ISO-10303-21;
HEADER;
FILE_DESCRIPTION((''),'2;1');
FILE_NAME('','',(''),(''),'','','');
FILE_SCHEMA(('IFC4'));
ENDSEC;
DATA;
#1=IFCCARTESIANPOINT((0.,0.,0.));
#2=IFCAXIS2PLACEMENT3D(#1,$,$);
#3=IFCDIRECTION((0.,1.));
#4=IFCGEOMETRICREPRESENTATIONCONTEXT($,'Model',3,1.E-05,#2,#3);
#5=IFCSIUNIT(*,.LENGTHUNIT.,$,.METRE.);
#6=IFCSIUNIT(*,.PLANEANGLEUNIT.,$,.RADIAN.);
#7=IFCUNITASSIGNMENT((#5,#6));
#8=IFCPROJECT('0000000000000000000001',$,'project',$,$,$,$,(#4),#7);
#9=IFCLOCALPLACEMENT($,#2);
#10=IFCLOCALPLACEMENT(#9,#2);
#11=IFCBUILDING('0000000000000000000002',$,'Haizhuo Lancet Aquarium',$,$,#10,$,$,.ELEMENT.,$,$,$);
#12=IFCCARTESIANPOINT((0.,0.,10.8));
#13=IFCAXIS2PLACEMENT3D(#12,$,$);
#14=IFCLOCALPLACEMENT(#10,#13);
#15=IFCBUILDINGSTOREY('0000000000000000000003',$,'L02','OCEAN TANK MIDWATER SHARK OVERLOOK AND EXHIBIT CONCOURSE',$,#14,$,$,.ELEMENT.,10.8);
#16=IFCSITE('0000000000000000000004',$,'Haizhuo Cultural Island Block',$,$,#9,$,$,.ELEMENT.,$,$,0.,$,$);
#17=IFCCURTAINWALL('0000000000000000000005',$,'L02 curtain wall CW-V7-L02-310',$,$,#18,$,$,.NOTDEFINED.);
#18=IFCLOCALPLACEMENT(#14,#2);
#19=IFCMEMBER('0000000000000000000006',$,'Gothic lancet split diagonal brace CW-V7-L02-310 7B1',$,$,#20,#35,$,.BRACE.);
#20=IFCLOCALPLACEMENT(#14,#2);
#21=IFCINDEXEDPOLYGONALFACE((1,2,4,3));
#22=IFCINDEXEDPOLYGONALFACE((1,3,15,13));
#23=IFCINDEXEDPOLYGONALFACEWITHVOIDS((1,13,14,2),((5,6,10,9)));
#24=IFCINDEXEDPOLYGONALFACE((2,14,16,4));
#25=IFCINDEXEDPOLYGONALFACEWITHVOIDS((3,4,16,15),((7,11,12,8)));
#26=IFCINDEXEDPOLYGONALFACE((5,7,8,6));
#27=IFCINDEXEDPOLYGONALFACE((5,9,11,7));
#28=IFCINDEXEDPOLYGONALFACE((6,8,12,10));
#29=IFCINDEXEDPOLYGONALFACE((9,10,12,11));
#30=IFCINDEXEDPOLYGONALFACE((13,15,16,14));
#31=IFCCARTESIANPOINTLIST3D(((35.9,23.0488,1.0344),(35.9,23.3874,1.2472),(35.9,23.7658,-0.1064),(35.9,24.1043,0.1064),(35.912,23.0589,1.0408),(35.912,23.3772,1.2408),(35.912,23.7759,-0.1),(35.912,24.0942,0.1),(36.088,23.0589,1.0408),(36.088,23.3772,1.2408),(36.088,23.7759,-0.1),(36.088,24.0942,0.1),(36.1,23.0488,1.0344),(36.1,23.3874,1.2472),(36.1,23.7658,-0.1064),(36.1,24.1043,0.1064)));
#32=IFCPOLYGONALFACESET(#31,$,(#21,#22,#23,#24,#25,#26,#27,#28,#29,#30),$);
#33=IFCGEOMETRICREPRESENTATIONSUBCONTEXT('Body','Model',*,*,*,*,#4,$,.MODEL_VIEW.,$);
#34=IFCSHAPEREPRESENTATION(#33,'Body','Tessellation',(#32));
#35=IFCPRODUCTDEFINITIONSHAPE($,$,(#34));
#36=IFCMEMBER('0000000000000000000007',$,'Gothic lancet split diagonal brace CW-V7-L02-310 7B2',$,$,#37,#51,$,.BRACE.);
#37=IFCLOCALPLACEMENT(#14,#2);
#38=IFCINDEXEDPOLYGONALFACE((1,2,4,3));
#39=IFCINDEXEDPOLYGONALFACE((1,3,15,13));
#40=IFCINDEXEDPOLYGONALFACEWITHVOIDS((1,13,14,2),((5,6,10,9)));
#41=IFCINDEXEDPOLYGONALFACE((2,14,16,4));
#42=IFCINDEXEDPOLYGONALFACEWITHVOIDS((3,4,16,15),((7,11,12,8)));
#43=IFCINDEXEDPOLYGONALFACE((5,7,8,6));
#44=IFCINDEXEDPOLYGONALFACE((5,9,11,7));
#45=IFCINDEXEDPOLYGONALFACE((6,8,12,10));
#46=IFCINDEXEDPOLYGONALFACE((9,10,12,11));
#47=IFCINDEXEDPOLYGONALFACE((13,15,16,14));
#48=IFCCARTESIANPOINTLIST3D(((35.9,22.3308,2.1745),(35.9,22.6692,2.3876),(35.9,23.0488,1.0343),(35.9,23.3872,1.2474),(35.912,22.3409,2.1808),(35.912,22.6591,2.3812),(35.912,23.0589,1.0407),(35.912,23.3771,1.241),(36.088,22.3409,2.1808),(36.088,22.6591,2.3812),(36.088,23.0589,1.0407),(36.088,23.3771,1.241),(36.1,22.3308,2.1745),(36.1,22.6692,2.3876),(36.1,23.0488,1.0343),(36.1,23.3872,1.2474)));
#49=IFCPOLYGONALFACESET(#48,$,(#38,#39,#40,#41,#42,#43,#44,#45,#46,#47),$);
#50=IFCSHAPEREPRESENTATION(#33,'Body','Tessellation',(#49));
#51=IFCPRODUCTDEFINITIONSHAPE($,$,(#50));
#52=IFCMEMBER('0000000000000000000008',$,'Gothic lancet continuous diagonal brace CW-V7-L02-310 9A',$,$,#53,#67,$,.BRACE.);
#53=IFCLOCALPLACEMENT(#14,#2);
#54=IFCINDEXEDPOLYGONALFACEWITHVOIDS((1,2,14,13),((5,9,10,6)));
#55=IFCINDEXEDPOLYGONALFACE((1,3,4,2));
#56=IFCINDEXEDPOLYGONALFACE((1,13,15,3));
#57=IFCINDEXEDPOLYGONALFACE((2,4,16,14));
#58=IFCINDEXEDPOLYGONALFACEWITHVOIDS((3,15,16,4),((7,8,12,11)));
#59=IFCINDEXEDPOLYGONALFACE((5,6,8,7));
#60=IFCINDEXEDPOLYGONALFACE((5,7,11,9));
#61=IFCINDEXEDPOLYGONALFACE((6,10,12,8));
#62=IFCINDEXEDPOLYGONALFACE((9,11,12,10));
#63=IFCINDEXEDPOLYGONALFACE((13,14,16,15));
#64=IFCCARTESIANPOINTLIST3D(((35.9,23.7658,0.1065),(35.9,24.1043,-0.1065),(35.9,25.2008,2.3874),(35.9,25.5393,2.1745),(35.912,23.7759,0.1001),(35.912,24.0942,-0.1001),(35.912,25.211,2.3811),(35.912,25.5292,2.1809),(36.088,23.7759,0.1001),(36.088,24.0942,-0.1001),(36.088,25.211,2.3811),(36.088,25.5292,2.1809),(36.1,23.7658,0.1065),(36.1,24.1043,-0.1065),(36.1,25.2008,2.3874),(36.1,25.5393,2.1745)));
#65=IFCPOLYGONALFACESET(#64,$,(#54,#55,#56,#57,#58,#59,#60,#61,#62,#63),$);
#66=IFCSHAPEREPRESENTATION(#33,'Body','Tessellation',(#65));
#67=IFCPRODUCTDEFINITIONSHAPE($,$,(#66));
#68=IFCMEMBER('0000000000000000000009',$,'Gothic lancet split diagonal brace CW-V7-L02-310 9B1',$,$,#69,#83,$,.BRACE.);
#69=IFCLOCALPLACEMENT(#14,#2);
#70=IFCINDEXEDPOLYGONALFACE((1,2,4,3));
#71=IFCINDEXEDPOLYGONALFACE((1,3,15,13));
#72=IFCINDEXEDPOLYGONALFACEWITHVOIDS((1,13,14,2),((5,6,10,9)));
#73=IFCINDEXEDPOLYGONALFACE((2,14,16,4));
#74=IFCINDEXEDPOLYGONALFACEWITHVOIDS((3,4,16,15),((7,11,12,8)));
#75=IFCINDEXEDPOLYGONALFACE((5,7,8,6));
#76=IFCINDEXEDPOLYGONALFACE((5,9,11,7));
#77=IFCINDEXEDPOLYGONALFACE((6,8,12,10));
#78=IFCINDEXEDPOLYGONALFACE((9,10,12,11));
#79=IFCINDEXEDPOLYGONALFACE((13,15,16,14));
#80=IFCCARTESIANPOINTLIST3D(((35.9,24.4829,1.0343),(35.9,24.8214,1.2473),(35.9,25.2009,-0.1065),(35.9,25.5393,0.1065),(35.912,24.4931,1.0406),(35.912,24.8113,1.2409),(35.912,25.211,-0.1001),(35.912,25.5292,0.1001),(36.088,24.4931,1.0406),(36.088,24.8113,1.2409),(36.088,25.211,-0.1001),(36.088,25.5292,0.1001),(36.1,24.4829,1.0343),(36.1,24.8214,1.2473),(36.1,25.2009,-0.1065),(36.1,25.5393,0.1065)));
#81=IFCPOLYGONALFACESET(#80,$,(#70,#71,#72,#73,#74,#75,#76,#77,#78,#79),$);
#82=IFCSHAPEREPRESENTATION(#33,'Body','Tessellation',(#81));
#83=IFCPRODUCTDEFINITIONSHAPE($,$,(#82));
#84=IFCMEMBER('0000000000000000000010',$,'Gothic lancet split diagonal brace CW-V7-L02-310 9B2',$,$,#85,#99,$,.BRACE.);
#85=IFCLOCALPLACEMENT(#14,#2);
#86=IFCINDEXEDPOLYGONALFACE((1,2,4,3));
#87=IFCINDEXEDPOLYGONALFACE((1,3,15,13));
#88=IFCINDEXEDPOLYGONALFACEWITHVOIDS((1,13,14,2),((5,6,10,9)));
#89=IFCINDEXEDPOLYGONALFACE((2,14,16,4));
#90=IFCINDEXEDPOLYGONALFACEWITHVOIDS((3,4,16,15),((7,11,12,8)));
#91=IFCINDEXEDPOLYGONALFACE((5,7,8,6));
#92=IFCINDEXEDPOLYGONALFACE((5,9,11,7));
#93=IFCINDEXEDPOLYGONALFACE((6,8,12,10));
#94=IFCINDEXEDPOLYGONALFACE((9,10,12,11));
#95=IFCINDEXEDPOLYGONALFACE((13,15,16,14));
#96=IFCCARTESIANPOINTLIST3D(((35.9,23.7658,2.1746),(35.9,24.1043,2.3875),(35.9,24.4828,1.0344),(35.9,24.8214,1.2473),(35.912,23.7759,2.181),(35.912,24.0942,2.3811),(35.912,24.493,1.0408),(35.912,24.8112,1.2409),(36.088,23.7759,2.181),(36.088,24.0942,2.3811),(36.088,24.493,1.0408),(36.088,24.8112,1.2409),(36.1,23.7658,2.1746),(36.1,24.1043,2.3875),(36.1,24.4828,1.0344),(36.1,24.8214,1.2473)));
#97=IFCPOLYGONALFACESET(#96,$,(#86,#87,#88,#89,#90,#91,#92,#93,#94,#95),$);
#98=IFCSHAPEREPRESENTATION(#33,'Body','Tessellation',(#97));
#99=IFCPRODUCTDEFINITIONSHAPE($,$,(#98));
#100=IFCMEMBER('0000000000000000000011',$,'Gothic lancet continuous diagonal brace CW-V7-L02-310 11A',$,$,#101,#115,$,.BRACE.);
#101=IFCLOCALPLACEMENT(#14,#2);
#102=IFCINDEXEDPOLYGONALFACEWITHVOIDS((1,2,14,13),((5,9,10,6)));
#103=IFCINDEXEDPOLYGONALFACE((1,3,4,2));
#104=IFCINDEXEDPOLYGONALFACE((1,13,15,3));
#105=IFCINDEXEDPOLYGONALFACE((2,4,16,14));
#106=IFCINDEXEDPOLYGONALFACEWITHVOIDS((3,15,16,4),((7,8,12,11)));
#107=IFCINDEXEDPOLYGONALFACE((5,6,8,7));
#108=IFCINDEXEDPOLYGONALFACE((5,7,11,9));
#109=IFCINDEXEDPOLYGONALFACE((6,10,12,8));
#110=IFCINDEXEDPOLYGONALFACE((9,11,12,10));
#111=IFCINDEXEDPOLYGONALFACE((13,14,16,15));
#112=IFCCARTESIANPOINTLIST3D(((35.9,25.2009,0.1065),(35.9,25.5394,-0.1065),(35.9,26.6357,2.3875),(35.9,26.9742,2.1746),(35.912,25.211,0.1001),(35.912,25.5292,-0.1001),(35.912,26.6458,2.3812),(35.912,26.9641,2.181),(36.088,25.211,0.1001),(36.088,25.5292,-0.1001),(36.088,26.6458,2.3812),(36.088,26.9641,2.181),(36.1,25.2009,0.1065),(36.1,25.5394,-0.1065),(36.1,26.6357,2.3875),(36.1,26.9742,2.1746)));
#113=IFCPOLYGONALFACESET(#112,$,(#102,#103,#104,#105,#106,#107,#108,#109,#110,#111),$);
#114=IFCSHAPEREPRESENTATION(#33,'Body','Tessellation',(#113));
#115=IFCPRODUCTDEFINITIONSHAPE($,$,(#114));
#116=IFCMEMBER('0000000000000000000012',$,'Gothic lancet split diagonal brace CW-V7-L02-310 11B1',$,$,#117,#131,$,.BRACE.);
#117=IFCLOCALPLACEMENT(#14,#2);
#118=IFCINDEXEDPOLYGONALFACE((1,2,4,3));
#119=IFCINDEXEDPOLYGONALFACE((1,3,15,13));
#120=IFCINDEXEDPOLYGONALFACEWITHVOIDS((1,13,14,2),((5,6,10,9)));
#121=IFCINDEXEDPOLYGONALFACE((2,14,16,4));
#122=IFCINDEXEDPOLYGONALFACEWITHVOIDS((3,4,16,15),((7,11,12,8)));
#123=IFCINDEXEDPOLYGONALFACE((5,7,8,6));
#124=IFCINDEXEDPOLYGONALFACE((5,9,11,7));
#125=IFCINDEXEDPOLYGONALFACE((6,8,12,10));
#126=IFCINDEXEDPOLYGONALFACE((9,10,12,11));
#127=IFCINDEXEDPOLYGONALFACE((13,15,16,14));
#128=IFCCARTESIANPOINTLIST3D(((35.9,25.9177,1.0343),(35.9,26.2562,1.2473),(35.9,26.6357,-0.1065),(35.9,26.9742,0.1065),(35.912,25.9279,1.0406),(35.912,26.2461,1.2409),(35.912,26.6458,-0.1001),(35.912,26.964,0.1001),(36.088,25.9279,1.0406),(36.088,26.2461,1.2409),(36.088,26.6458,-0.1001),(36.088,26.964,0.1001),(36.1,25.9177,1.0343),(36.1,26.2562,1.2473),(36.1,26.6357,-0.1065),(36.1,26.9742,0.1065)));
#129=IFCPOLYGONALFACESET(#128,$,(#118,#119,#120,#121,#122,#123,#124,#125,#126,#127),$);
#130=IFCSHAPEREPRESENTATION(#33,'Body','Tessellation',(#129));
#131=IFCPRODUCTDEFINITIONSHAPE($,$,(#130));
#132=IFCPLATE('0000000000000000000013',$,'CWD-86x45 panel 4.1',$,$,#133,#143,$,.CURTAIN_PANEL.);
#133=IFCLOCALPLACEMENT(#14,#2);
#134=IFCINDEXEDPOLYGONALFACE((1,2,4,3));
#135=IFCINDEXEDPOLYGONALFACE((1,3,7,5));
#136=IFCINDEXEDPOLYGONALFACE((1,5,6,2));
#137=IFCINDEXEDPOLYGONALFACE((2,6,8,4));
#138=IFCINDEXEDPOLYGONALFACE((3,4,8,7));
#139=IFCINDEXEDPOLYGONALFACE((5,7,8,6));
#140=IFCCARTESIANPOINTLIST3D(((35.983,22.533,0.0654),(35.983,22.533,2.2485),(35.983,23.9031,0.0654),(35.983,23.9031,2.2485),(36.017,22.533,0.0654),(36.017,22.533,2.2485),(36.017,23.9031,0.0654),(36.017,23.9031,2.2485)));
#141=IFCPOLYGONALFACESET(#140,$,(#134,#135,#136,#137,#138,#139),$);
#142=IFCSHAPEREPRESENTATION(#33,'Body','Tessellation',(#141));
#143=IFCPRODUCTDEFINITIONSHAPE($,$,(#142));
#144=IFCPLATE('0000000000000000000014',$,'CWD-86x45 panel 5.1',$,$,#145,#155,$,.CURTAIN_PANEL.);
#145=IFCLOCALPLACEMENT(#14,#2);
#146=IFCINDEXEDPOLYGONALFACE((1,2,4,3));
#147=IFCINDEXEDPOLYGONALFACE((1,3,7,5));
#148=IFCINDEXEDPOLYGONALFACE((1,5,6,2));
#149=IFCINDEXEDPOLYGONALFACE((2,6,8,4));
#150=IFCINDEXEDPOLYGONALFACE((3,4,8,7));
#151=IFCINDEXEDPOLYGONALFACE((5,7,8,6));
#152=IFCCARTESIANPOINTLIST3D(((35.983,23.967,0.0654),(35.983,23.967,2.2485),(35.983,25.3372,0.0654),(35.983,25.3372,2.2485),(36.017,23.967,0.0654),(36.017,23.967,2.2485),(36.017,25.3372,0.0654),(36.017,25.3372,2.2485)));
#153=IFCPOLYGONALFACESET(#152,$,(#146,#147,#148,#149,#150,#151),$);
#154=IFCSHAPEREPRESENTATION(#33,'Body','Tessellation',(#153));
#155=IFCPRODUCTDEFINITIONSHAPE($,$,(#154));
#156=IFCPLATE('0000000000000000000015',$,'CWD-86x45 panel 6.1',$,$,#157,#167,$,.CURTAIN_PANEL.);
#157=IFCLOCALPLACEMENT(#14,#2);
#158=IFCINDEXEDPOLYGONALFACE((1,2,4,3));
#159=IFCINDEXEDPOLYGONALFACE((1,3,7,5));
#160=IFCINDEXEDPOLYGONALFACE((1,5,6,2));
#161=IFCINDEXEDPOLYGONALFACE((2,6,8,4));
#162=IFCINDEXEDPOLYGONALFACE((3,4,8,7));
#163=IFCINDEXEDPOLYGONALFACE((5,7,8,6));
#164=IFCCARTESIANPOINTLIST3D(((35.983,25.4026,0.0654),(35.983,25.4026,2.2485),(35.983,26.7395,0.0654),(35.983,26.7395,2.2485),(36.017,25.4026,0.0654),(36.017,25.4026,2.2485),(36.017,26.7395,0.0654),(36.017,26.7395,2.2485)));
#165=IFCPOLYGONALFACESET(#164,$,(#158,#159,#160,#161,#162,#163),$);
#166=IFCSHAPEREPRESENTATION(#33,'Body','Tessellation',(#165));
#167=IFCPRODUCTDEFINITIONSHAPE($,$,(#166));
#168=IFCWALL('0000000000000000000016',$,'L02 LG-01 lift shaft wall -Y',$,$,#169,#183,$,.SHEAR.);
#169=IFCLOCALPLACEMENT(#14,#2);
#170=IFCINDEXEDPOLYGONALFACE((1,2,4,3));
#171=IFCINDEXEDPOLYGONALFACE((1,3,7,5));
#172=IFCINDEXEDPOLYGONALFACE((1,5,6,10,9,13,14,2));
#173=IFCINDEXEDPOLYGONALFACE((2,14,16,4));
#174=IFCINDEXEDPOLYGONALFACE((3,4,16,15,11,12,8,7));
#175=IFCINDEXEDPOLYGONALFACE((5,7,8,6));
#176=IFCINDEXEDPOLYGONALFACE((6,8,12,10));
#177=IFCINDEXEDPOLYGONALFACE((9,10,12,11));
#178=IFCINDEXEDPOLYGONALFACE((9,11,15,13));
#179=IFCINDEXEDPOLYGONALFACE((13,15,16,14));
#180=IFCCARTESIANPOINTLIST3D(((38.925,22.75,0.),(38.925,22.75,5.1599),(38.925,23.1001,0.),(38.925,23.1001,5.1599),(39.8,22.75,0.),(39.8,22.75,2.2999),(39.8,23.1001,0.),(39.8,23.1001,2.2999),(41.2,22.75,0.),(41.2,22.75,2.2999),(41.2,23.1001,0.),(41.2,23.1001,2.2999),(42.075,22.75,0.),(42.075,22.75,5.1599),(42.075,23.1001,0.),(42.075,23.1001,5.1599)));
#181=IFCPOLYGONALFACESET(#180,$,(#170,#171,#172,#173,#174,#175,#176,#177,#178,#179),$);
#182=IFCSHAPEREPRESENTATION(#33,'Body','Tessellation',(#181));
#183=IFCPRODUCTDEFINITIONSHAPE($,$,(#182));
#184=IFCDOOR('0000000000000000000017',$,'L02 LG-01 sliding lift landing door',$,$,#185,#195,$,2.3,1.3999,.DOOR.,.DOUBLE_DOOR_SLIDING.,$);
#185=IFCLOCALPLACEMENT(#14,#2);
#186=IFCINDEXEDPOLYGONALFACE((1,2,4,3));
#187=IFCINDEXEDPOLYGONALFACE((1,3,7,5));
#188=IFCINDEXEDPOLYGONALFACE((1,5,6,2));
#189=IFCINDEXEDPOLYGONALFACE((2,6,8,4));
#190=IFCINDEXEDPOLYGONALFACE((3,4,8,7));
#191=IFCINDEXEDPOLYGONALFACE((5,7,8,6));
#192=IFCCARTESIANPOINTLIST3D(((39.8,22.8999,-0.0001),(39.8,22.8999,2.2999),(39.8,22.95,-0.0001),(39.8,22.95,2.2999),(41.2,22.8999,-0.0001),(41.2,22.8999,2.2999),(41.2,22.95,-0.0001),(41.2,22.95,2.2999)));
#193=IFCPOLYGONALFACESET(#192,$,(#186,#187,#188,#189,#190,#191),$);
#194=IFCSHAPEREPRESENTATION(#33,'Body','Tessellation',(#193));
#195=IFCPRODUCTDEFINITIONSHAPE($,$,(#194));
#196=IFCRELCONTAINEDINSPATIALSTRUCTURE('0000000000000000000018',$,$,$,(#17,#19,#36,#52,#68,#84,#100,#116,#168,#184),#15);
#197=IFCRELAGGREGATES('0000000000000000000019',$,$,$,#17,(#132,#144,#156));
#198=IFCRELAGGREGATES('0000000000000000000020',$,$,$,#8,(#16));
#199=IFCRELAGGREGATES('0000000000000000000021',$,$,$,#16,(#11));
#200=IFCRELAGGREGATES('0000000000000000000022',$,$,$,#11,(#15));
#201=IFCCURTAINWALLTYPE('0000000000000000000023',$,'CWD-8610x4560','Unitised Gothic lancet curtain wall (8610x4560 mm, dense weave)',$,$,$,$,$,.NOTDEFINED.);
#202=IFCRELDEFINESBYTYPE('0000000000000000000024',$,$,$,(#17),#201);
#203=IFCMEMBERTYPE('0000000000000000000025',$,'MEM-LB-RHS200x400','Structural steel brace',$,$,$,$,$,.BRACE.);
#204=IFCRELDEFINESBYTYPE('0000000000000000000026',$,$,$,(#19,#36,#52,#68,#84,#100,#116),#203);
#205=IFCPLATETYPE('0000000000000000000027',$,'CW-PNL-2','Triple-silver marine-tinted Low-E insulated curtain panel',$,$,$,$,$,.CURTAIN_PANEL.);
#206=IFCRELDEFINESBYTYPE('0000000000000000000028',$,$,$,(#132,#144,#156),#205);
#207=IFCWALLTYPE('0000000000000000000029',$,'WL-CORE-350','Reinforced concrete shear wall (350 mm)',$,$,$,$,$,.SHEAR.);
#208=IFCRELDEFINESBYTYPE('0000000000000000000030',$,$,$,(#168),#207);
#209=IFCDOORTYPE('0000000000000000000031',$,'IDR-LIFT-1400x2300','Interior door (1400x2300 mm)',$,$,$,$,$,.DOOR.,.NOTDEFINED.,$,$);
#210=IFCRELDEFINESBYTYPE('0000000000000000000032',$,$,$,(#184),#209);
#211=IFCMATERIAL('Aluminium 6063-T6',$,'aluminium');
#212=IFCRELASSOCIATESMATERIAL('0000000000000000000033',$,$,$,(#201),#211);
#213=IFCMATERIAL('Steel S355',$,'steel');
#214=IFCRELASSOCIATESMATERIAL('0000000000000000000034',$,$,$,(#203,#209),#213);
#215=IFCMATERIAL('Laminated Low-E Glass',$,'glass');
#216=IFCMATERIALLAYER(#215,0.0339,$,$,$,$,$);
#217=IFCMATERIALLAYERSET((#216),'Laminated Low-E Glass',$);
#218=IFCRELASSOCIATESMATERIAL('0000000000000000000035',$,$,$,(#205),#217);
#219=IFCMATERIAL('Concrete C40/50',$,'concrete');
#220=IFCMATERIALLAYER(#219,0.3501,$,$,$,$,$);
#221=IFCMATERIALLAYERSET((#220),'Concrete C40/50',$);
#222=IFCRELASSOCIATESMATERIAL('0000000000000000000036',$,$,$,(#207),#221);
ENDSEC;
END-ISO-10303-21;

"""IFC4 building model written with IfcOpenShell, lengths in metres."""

from ifc_helpers import new_model, si_unit, direction, frame, frame_2d, origin, origin_2d, place, context, subcontext, project, spatial, rectangle, hollow_rectangle, extrude, material, layer, layer_set, material_profile, profile_set, type_object, element, fill, aggregate, save


model = new_model("IFC4")

# Units and contexts
model_context = context("Model", 3, precision=1e-05, world=origin(), true_north=direction((0.0, 1.0)))
body_context = subcontext(model_context, "Body", "Model", "MODEL_VIEW")
ifc_project = project(units=[si_unit("LENGTHUNIT", "METRE"), si_unit("PLANEANGLEUNIT", "RADIAN")], contexts=[model_context])

# Site, building, storey
site_placement = place(None, origin())
site = spatial("IfcSite", under=ifc_project, at=site_placement, Name="Haizhuo Cultural Island Block", CompositionType="ELEMENT", RefElevation=0.0)
building_placement = place(site_placement, origin())
building = spatial("IfcBuilding", under=site, at=building_placement, Name="Haizhuo Lancet Aquarium", CompositionType="ELEMENT")
storey_placement = place(building_placement, frame((0.0, 0.0, 10.8)))
storey = spatial("IfcBuildingStorey", under=building, at=storey_placement, Name="L02", Description="OCEAN TANK MIDWATER SHARK OVERLOOK AND EXHIBIT CONCOURSE", CompositionType="ELEMENT", Elevation=10.8)

# Shared definitions
ifc_material_1 = material(Name="Steel S355", Category="steel")

# Curtain wall
ifc_material_2 = material(Name="Aluminium 6063-T6", Category="aluminium")
curtain_wall_type = type_object("IfcCurtainWallType", Name="CWD-8610x4560", Description="Unitised Gothic lancet curtain wall (8610x4560 mm, dense weave)", PredefinedType="NOTDEFINED", material=ifc_material_2)
curtain_wall_placement = place(storey_placement, origin())
curtain_wall = element("IfcCurtainWall", 1, at=curtain_wall_placement, inside=storey, type_object=curtain_wall_type, Name="L02 curtain wall CW-V7-L02-310", PredefinedType="NOTDEFINED")

# Members
ifc_material_profile_1 = material_profile(ifc_material_1, hollow_rectangle(XDim=0.2, YDim=0.3999, WallThickness=0.012, at=origin_2d()), Name="RHS 200x400x12")
ifc_profile_set_1 = profile_set([ifc_material_profile_1], Name="Steel S355")
member_type_1 = type_object("IfcMemberType", Name="MEM-LB-RHS200x400", Description="Structural steel brace", PredefinedType="BRACE", material=ifc_profile_set_1)
for number, where, z_axis, x_axis, name in (
    (2, (36.0, 23.9351, 0.0), (0.0, -0.532131, 0.846662), (1.0, 0.0, 0.0), "Gothic lancet split diagonal brace CW-V7-L02-310 7B1"),
    (3, (36.0, 23.218, 1.1409), (0.0, -0.532895, 0.846181), (1.0, 0.0, 0.0), "Gothic lancet split diagonal brace CW-V7-L02-310 7B2"),
):
    element("IfcMember", number, at=place(storey_placement, frame(where, z_axis=z_axis, x_axis=x_axis)), inside=storey, type_object=member_type_1, Name=name, PredefinedType="BRACE", context=body_context, shape_type="SweptSolid", body=[
        extrude(hollow_rectangle(XDim=0.2, YDim=0.3999, WallThickness=0.012, at=origin_2d()), origin(), (0.0, 0.0, 1.0), 1.3474),
    ])
member_1_placement = place(storey_placement, frame((36.0, 23.9351, 0.0), z_axis=(0.0, 0.532513, 0.846422), x_axis=(-1.0, 0.0, 0.0)))
element("IfcMember", 4, at=member_1_placement, inside=storey, type_object=member_type_1, Name="Gothic lancet continuous diagonal brace CW-V7-L02-310 9A", PredefinedType="BRACE", context=body_context, shape_type="SweptSolid", body=[
    extrude(hollow_rectangle(XDim=0.2, YDim=0.3999, WallThickness=0.012, at=origin_2d()), origin(), (0.0, 0.0, 1.0), 2.6948),
])
member_2_placement = place(storey_placement, frame((36.0, 25.3701, 0.0), z_axis=(0.0, -0.53265, 0.846336), x_axis=(1.0, 0.0, 0.0)))
element("IfcMember", 5, at=member_2_placement, inside=storey, type_object=member_type_1, Name="Gothic lancet split diagonal brace CW-V7-L02-310 9B1", PredefinedType="BRACE", context=body_context, shape_type="SweptSolid", body=[
    extrude(hollow_rectangle(XDim=0.2, YDim=0.3999, WallThickness=0.012, at=origin_2d()), origin(), (0.0, 0.0, 1.0), 1.3479),
])
member_3_placement = place(storey_placement, frame((36.0, 24.6521, 1.1409), z_axis=(0.0, -0.532376, 0.846508), x_axis=(1.0, 0.0, 0.0)))
element("IfcMember", 6, at=member_3_placement, inside=storey, type_object=member_type_1, Name="Gothic lancet split diagonal brace CW-V7-L02-310 9B2", PredefinedType="BRACE", context=body_context, shape_type="SweptSolid", body=[
    extrude(hollow_rectangle(XDim=0.2, YDim=0.3999, WallThickness=0.012, at=origin_2d()), origin(), (0.0, 0.0, 1.0), 1.3469),
])
member_4_placement = place(storey_placement, frame((36.0, 25.3701, 0.0), z_axis=(0.0, 0.532448, 0.846463), x_axis=(-1.0, 0.0, 0.0)))
element("IfcMember", 7, at=member_4_placement, inside=storey, type_object=member_type_1, Name="Gothic lancet continuous diagonal brace CW-V7-L02-310 11A", PredefinedType="BRACE", context=body_context, shape_type="SweptSolid", body=[
    extrude(hollow_rectangle(XDim=0.2, YDim=0.3999, WallThickness=0.012, at=origin_2d()), origin(), (0.0, 0.0, 1.0), 2.6948),
])
member_5_placement = place(storey_placement, frame((36.0, 26.8049, 0.0), z_axis=(0.0, -0.53265, 0.846336), x_axis=(1.0, 0.0, 0.0)))
element("IfcMember", 8, at=member_5_placement, inside=storey, type_object=member_type_1, Name="Gothic lancet split diagonal brace CW-V7-L02-310 11B1", PredefinedType="BRACE", context=body_context, shape_type="SweptSolid", body=[
    extrude(hollow_rectangle(XDim=0.2, YDim=0.3999, WallThickness=0.012, at=origin_2d()), origin(), (0.0, 0.0, 1.0), 1.3479),
])

# Plates
ifc_material_3 = material(Name="Laminated Low-E Glass", Category="glass")
ifc_layer_1 = layer(ifc_material_3, 0.0339)
ifc_layer_set_1 = layer_set([ifc_layer_1], Name="Laminated Low-E Glass")
plate_type = type_object("IfcPlateType", Name="CW-PNL-2", Description="Triple-silver marine-tinted Low-E insulated curtain panel", PredefinedType="CURTAIN_PANEL", material=ifc_layer_set_1)
plate_1_placement = place(storey_placement, frame((36.0, 23.218, 0.0654), z_axis=(0.0, 0.0, 1.0), x_axis=(0.0, 1.0, 0.0)))
plate_1 = element("IfcPlate", 9, at=plate_1_placement, type_object=plate_type, Name="CWD-86x45 panel 4.1", PredefinedType="CURTAIN_PANEL", context=body_context, shape_type="SweptSolid", body=[
    extrude(rectangle(XDim=1.3701, YDim=0.0339, at=origin_2d()), origin(), (0.0, 0.0, 1.0), 2.1831),
])
plate_2_placement = place(storey_placement, frame((36.0, 24.6521, 0.0654), z_axis=(0.0, 0.0, 1.0), x_axis=(0.0, 1.0, 0.0)))
plate_2 = element("IfcPlate", 10, at=plate_2_placement, type_object=plate_type, Name="CWD-86x45 panel 5.1", PredefinedType="CURTAIN_PANEL", context=body_context, shape_type="SweptSolid", body=[
    extrude(rectangle(XDim=1.3701, YDim=0.0339, at=origin_2d()), origin(), (0.0, 0.0, 1.0), 2.1831),
])
plate_3_placement = place(storey_placement, frame((36.0, 26.071, 0.0654), z_axis=(0.0, 0.0, 1.0), x_axis=(0.0, 1.0, 0.0)))
plate_3 = element("IfcPlate", 11, at=plate_3_placement, type_object=plate_type, Name="CWD-86x45 panel 6.1", PredefinedType="CURTAIN_PANEL", context=body_context, shape_type="SweptSolid", body=[
    extrude(rectangle(XDim=1.3369, YDim=0.0339, at=origin_2d()), origin(), (0.0, 0.0, 1.0), 2.1831),
])
aggregate(curtain_wall, [plate_1, plate_2, plate_3])

# Wall, opening, door
ifc_material_4 = material(Name="Concrete C40/50", Category="concrete")
ifc_layer_2 = layer(ifc_material_4, 0.3501)
ifc_layer_set_2 = layer_set([ifc_layer_2], Name="Concrete C40/50")
wall_type = type_object("IfcWallType", Name="WL-CORE-350", Description="Reinforced concrete shear wall (350 mm)", PredefinedType="SHEAR", material=ifc_layer_set_2)
wall_1_placement = place(storey_placement, frame((38.925, 22.925, 0.0), z_axis=(0.0, 0.0, 1.0), x_axis=(1.0, 0.0, 0.0)))
wall_1 = element("IfcWall", 12, at=wall_1_placement, inside=storey, type_object=wall_type, Name="L02 LG-01 lift shaft wall -Y", PredefinedType="SHEAR", context=body_context, shape_type="SweptSolid", body=[
    extrude(rectangle(XDim=3.1499, YDim=0.3501, at=frame_2d((1.575, 0.0))), origin(), (0.0, 0.0, 1.0), 5.1599),
])
opening_placement = place(wall_1_placement, frame((0.875, 0.0, 0.0)))
opening = element("IfcOpeningElement", 13, at=opening_placement, cuts=wall_1, PredefinedType="OPENING", context=body_context, shape_type="SweptSolid", body=[
    extrude(rectangle(XDim=1.3999, YDim=2.3, at=frame_2d((0.7, 1.1499))), frame((0.0, 0.1851, 0.0), z_axis=(0.0, -1.0, 0.0), x_axis=(1.0, 0.0, 0.0)), (0.0, 0.0, 1.0), 0.3701),
])
door_type = type_object("IfcDoorType", Name="IDR-LIFT-1400x2300", Description="Interior door (1400x2300 mm)", OperationType="NOTDEFINED", PredefinedType="DOOR", material=ifc_material_1)
door_placement = place(opening_placement, origin())
door = element("IfcDoor", 14, at=door_placement, inside=storey, type_object=door_type, Name="L02 LG-01 sliding lift landing door", OperationType="DOUBLE_DOOR_SLIDING", OverallHeight=2.3, OverallWidth=1.3999, PredefinedType="DOOR", context=body_context, shape_type="SweptSolid", body=[
    extrude(rectangle(XDim=1.3999, YDim=2.3, at=frame_2d((0.7, 1.1499))), frame((0.0, 0.0249, 0.0), z_axis=(0.0, -1.0, 0.0), x_axis=(1.0, 0.0, 0.0)), (0.0, 0.0, 1.0), 0.05),
])
fill(opening, door)

save(model, "model.ifc")
